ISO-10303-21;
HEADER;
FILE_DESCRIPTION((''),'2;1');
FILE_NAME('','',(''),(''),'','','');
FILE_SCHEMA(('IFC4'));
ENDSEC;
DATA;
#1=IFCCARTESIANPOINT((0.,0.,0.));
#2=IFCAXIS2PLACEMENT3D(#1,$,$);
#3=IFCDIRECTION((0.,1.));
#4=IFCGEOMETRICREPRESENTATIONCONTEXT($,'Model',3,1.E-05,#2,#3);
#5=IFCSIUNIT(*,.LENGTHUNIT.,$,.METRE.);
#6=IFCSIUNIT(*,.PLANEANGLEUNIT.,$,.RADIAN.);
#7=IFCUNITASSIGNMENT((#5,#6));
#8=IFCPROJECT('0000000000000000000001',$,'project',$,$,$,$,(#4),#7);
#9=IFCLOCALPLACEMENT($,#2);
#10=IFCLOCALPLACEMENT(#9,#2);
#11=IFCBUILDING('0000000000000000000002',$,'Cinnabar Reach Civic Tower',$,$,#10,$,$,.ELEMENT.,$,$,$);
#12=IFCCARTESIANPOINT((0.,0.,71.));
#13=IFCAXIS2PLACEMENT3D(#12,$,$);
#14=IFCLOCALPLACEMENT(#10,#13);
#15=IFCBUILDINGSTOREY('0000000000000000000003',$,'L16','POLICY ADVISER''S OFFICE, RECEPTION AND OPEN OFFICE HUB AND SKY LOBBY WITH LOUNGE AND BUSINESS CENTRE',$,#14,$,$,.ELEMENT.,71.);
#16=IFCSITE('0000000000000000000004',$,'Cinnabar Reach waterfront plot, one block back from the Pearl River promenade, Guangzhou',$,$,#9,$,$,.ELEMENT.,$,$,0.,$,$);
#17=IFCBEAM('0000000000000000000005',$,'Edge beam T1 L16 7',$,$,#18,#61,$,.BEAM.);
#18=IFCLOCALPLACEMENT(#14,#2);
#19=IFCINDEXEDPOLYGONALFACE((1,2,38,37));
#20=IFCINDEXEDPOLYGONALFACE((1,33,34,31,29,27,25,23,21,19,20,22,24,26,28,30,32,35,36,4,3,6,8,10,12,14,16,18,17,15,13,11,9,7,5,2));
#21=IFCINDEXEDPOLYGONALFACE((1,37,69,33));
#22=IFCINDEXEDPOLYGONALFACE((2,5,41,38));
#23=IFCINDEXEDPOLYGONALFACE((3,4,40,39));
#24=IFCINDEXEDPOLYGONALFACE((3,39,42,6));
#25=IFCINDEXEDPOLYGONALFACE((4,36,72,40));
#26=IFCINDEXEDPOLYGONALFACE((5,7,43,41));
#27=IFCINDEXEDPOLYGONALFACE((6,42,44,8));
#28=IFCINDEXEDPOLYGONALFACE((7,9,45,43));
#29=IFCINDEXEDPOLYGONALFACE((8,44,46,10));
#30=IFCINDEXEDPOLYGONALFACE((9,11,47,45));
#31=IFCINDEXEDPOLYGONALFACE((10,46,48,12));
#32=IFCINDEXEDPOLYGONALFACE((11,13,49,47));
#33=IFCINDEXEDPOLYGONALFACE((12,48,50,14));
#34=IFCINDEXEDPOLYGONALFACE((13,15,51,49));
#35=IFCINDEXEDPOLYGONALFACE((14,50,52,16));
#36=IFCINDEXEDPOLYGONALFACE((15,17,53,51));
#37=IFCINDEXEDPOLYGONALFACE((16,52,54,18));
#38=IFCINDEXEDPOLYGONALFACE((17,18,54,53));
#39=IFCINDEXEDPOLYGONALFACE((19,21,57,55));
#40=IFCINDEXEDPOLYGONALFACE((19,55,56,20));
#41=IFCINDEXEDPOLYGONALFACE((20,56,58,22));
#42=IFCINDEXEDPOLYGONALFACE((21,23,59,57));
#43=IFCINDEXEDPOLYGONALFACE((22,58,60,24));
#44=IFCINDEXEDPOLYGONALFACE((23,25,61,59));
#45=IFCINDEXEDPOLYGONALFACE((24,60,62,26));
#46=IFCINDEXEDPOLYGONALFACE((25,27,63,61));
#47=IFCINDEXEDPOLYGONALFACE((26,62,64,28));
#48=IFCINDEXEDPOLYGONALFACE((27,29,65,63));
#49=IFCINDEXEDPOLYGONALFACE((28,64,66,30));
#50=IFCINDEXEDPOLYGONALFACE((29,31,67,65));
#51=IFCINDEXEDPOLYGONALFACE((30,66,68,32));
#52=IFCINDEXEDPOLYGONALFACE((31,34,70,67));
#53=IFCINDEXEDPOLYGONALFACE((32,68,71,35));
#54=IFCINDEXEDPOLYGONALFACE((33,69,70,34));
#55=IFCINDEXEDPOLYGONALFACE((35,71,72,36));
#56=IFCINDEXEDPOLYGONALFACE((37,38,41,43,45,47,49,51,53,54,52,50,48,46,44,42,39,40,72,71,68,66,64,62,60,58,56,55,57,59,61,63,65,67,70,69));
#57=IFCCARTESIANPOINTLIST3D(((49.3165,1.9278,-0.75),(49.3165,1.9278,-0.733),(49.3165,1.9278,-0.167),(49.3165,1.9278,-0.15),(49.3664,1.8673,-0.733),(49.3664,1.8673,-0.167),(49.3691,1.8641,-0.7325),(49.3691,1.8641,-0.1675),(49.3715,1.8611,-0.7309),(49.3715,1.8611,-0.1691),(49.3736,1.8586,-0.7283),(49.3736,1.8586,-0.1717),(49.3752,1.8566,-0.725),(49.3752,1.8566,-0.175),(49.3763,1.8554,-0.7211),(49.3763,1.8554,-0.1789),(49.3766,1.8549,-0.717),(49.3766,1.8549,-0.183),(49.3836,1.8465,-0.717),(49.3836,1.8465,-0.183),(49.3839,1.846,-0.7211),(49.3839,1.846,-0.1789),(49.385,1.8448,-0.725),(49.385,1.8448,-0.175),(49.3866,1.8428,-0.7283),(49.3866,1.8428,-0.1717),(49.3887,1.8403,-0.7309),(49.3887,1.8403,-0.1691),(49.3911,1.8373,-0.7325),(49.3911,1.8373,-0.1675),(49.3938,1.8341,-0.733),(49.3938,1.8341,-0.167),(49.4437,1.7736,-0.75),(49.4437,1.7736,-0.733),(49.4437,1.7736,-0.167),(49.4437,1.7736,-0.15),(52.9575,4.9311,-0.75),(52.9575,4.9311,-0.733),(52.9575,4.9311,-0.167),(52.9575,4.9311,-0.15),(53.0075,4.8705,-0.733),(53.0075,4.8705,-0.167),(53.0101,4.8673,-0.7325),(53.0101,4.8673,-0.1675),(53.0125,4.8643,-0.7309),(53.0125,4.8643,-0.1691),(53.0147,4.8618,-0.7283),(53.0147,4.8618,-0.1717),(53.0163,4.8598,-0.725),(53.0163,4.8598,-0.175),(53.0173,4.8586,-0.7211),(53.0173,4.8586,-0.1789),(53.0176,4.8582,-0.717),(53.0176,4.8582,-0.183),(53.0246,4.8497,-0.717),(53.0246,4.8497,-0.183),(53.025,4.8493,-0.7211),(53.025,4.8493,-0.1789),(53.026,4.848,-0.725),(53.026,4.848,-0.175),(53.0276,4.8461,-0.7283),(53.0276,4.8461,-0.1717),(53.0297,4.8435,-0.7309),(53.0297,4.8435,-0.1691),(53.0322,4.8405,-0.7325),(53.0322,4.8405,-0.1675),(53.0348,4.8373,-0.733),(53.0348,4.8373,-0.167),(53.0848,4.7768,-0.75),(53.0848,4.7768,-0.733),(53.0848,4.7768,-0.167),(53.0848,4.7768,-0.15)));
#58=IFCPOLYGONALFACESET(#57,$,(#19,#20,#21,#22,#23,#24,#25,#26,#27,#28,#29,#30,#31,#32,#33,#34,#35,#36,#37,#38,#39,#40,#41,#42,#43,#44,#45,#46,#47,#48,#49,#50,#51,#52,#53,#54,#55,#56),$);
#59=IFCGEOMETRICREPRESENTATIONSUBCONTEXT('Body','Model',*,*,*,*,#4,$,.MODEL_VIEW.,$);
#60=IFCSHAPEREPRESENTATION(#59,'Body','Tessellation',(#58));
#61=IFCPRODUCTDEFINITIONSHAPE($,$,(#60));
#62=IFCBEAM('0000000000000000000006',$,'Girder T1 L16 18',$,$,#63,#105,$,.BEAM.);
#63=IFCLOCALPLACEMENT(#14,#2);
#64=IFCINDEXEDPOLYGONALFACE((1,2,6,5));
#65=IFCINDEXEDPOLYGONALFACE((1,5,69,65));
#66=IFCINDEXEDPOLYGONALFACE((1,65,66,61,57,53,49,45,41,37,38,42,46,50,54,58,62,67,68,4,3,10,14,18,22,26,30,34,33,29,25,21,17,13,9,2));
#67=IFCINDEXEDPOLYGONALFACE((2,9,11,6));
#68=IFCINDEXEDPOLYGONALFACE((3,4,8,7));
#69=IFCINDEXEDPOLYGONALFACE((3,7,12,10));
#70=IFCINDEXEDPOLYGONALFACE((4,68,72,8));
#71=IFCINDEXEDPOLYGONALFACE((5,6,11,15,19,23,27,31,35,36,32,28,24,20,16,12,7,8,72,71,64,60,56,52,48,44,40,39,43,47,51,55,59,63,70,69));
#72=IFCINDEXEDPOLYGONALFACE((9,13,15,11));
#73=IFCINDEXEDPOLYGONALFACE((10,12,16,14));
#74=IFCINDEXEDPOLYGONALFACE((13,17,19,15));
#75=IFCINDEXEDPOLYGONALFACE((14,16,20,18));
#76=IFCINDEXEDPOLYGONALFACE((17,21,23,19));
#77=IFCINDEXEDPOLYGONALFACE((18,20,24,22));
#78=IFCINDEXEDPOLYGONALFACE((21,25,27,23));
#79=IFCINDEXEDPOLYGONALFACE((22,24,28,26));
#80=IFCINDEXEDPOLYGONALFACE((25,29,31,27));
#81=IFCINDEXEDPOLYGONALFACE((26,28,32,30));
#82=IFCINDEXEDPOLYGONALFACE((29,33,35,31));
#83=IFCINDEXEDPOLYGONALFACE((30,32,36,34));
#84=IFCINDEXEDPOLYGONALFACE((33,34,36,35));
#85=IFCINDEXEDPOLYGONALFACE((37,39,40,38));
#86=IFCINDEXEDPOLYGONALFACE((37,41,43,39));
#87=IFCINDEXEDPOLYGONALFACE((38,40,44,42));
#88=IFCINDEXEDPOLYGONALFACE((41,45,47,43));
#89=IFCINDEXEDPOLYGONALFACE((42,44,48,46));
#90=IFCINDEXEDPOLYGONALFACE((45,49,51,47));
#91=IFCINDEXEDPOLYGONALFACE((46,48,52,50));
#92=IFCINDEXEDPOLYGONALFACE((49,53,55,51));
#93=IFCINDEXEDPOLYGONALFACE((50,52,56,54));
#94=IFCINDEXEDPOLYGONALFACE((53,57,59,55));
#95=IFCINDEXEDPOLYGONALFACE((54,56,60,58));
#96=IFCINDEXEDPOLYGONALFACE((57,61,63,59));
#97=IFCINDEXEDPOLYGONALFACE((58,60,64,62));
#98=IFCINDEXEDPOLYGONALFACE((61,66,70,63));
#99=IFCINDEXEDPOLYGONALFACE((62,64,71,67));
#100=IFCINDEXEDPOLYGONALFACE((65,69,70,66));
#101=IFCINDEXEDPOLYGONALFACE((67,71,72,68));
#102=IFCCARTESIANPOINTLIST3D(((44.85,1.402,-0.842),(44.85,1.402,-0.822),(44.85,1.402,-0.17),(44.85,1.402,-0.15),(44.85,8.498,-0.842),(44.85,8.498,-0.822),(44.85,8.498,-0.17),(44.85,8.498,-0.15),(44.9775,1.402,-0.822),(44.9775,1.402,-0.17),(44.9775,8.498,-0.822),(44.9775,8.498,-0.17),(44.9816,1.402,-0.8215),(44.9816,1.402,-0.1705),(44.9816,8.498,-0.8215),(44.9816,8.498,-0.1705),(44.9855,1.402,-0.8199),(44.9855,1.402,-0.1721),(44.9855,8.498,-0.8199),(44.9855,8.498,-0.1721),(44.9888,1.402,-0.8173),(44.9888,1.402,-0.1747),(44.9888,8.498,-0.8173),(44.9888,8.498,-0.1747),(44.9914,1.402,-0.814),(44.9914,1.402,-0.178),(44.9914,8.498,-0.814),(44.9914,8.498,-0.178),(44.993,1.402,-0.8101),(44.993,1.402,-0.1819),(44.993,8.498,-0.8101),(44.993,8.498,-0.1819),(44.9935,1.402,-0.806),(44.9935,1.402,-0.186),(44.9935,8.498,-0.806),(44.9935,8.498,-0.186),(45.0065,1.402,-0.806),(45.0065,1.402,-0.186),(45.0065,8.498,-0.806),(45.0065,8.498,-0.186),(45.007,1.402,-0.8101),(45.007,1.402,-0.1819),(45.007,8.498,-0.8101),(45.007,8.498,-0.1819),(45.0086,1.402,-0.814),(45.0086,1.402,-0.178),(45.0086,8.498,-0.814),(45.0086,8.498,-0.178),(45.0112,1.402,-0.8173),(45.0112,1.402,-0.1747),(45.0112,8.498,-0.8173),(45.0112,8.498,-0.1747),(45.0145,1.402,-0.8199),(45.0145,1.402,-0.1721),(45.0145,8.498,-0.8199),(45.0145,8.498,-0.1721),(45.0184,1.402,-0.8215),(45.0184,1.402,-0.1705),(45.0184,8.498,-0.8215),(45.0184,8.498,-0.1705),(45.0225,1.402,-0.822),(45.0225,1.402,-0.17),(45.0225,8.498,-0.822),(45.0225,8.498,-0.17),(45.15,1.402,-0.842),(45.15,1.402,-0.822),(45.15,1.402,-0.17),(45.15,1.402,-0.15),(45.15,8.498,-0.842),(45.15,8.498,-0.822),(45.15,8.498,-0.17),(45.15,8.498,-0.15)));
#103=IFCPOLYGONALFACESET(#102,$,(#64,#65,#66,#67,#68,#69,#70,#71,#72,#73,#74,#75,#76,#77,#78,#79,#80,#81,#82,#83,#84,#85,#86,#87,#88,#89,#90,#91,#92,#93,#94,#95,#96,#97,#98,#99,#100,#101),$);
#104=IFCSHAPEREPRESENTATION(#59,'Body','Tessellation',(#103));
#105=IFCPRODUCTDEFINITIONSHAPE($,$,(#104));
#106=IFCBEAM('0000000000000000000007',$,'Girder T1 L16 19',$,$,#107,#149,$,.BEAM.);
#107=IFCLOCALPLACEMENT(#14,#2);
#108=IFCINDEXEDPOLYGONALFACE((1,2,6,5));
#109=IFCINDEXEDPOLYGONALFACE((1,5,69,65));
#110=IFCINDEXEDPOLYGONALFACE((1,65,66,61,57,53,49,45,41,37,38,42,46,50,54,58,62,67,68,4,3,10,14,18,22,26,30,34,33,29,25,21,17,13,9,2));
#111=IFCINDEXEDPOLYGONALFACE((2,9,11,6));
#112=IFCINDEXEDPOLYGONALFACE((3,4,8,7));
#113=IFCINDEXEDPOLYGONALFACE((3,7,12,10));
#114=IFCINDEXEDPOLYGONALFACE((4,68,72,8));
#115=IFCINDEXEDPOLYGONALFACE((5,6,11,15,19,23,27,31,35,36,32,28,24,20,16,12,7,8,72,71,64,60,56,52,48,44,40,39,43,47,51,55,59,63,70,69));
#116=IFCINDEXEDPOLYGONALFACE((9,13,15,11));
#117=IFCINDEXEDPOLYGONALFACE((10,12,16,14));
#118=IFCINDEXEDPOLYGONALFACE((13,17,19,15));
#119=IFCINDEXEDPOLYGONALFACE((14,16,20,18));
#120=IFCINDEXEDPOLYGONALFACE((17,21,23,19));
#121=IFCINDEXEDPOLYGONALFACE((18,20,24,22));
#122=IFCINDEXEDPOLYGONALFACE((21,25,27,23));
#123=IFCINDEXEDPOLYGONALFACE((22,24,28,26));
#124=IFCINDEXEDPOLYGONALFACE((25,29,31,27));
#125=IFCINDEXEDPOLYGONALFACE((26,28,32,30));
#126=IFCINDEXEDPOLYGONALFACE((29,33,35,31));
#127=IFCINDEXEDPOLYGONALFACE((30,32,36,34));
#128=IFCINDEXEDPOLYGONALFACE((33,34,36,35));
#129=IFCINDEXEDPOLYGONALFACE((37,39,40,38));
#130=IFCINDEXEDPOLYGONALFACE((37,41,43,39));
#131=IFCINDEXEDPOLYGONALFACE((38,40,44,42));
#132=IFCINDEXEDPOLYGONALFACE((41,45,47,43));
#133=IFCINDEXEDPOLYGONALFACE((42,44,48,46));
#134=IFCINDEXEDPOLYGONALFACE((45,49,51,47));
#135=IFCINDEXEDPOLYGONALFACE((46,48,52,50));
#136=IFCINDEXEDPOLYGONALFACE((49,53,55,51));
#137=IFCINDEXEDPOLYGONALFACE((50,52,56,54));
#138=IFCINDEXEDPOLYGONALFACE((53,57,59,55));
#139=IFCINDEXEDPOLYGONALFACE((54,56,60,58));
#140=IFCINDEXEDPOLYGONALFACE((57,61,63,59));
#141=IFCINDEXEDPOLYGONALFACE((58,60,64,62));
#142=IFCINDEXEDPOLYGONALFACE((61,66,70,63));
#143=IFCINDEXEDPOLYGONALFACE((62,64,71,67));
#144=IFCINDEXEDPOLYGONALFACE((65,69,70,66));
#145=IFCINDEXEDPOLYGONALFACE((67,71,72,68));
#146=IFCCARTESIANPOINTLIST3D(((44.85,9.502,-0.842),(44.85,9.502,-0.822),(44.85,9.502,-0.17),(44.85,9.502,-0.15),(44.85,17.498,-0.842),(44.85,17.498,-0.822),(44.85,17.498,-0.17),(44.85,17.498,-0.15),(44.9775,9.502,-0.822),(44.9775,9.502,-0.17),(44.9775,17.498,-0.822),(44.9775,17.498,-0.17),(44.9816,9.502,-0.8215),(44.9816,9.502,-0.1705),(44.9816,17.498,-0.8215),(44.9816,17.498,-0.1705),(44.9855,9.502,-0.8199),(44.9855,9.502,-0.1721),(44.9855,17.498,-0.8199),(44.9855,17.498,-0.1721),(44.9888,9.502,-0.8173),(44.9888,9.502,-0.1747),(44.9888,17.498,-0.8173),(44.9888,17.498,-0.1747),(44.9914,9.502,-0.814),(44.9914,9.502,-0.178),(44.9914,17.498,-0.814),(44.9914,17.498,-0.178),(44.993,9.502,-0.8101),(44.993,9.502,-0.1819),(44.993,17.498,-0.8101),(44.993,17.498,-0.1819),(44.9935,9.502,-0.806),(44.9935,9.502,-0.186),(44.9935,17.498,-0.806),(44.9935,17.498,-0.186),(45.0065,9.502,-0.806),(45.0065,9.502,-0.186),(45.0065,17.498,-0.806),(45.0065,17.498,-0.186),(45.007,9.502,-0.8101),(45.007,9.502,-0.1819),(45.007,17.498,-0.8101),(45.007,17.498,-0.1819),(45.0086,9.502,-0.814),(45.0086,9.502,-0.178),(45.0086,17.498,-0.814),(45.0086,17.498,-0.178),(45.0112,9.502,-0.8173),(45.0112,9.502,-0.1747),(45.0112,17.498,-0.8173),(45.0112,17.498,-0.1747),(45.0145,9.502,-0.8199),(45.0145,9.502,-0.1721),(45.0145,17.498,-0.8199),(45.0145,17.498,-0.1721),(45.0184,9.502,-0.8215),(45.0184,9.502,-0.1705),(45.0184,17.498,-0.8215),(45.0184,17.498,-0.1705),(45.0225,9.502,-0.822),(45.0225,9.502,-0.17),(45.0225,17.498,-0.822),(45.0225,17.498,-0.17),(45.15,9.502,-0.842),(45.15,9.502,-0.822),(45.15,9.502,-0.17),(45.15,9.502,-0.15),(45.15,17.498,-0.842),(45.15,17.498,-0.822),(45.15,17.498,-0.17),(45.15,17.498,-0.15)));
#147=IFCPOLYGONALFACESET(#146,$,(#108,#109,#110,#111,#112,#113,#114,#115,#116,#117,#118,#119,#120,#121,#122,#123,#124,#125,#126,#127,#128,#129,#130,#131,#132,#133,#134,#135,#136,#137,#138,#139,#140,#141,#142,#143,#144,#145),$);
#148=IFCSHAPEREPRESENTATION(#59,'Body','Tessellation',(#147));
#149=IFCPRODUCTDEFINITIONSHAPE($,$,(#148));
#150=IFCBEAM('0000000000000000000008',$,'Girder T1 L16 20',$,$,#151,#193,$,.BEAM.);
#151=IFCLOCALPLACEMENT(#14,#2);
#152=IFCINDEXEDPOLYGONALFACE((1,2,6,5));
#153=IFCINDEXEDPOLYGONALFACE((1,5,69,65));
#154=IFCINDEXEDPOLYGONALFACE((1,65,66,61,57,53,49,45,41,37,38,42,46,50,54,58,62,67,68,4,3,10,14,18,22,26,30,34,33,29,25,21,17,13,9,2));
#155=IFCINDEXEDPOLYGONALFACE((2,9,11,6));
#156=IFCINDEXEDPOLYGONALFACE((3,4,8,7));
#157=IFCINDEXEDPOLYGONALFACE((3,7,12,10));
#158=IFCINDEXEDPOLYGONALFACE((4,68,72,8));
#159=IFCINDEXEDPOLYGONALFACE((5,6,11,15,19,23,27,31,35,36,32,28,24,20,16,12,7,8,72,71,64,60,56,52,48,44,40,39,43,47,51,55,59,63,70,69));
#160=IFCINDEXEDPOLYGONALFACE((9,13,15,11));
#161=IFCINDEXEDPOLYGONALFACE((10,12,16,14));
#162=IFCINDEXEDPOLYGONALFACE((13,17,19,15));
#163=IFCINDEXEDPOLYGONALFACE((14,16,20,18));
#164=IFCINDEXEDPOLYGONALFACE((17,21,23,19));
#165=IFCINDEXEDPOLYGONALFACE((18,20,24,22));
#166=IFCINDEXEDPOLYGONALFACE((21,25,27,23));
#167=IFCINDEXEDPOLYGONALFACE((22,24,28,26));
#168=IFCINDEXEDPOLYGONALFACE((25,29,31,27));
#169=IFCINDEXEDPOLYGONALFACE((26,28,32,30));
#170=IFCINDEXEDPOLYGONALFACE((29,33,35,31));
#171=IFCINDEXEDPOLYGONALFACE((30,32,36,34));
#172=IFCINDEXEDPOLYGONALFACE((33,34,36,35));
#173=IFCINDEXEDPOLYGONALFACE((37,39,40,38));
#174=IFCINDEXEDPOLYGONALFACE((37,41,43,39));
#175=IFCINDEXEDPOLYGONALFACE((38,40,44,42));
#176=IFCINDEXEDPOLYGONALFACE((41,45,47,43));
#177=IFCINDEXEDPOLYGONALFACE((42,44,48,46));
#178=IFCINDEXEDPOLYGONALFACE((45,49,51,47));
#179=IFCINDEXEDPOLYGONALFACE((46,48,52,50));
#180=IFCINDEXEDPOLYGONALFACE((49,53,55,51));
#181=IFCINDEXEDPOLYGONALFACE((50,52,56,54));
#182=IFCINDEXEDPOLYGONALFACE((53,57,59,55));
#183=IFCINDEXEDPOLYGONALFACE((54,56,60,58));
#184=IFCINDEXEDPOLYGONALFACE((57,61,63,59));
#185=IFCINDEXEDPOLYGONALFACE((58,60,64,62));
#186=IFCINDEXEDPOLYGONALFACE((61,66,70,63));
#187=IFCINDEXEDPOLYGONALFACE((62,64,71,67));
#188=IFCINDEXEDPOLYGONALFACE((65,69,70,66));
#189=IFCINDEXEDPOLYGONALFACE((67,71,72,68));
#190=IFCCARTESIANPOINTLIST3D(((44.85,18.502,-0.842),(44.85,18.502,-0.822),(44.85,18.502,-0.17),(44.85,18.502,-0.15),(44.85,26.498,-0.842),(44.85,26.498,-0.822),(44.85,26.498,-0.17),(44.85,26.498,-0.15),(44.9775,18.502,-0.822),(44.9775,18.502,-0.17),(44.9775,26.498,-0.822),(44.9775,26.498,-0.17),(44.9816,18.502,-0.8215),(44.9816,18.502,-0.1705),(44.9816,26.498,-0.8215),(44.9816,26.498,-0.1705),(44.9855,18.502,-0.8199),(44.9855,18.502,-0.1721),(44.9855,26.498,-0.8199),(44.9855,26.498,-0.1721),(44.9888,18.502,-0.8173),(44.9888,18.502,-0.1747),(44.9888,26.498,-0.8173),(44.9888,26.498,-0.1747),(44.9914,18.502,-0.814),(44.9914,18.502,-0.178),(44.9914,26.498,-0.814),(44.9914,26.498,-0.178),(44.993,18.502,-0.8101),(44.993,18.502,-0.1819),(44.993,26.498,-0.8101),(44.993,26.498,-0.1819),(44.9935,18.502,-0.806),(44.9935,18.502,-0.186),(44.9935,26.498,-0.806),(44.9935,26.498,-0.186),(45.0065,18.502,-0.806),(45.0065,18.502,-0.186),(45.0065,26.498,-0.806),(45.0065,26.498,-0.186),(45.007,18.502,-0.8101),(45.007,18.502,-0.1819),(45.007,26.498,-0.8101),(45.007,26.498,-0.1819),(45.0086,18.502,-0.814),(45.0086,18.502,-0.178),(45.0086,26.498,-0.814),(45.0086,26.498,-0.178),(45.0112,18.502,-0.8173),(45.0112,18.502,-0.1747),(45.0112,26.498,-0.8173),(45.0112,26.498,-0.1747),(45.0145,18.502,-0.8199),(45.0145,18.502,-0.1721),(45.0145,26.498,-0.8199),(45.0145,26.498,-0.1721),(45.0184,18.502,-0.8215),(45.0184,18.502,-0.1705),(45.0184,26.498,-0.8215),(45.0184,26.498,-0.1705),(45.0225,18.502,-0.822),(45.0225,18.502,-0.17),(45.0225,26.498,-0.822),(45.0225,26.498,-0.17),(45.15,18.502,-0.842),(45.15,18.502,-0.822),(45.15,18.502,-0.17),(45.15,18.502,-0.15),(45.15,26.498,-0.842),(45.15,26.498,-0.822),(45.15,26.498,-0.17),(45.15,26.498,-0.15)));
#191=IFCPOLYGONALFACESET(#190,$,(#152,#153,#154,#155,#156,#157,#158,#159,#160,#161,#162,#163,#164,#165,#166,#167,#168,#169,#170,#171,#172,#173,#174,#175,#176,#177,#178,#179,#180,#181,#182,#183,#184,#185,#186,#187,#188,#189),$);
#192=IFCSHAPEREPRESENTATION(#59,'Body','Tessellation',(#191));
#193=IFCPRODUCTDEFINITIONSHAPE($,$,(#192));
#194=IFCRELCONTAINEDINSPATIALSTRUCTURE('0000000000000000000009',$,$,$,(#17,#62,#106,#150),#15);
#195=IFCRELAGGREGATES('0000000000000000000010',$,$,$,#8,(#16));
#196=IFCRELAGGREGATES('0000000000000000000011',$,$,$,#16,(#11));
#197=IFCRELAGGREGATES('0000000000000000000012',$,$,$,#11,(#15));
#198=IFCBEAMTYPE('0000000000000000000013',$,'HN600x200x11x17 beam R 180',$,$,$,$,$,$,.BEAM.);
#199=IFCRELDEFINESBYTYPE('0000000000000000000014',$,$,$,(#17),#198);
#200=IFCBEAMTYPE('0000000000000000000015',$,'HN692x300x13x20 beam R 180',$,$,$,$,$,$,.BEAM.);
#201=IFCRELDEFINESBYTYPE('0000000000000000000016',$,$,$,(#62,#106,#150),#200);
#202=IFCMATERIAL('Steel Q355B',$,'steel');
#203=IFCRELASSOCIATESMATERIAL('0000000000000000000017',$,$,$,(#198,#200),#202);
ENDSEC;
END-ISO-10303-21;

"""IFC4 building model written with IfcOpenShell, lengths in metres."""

from ifc_helpers import new_model, si_unit, direction, frame, origin, origin_2d, place, context, subcontext, project, spatial, i_section, extrude, material, material_profile, profile_set, type_object, element, save


model = new_model("IFC4")

# Units and contexts
model_context = context("Model", 3, precision=1e-05, world=origin(), true_north=direction((0.0, 1.0)))
body_context = subcontext(model_context, "Body", "Model", "MODEL_VIEW")
ifc_project = project(units=[si_unit("LENGTHUNIT", "METRE"), si_unit("PLANEANGLEUNIT", "RADIAN")], contexts=[model_context])

# Site, building, storey
site_placement = place(None, origin())
site = spatial("IfcSite", under=ifc_project, at=site_placement, Name="Cinnabar Reach waterfront plot, one block back from the Pearl River promenade, Guangzhou", CompositionType="ELEMENT", RefElevation=0.0)
building_placement = place(site_placement, origin())
building = spatial("IfcBuilding", under=site, at=building_placement, Name="Cinnabar Reach Civic Tower", CompositionType="ELEMENT")
storey_placement = place(building_placement, frame((0.0, 0.0, 71.0)))
storey = spatial("IfcBuildingStorey", under=building, at=storey_placement, Name="L16", Description="POLICY ADVISER'S OFFICE, RECEPTION AND OPEN OFFICE HUB AND SKY LOBBY WITH LOUNGE AND BUSINESS CENTRE", CompositionType="ELEMENT", Elevation=71.0)

# Beams
ifc_material_1 = material(Name="Steel Q355B", Category="steel")
ifc_material_profile_1 = material_profile(ifc_material_1, i_section(OverallWidth=0.2, OverallDepth=0.6, WebThickness=0.011, FlangeThickness=0.017, FilletRadius=0.016, at=origin_2d()), Name="HN600x200x11x17")
ifc_profile_set_1 = profile_set([ifc_material_profile_1], Name="Steel Q355B")
beam_type_1 = type_object("IfcBeamType", Name="HN600x200x11x17 beam R 180", PredefinedType="BEAM", material=ifc_profile_set_1)
beam_1_placement = place(storey_placement, frame((49.3801, 1.8507, -0.45), z_axis=(0.771438, 0.636304, 0.0), x_axis=(-0.636304, 0.771438, 0.0)))
element("IfcBeam", 1, at=beam_1_placement, inside=storey, type_object=beam_type_1, Name="Edge beam T1 L16 7", PredefinedType="BEAM", context=body_context, shape_type="SweptSolid", body=[
    extrude(i_section(OverallWidth=0.2, OverallDepth=0.6, WebThickness=0.011, FlangeThickness=0.017, FilletRadius=0.016, at=origin_2d()), origin(), (0.0, 0.0, 1.0), 4.7198),
])
ifc_material_profile_2 = material_profile(ifc_material_1, i_section(OverallWidth=0.3, OverallDepth=0.692, WebThickness=0.013, FlangeThickness=0.02, FilletRadius=0.016, at=origin_2d()), Name="HN692x300x13x20")
ifc_profile_set_2 = profile_set([ifc_material_profile_2], Name="Steel Q355B")
beam_type_2 = type_object("IfcBeamType", Name="HN692x300x13x20 beam R 180", PredefinedType="BEAM", material=ifc_profile_set_2)
beam_2_placement = place(storey_placement, frame((45.0, 1.402, -0.496), z_axis=(0.0, 1.0, 0.0), x_axis=(-1.0, 0.0, 0.0)))
element("IfcBeam", 2, at=beam_2_placement, inside=storey, type_object=beam_type_2, Name="Girder T1 L16 18", PredefinedType="BEAM", context=body_context, shape_type="SweptSolid", body=[
    extrude(i_section(OverallWidth=0.3, OverallDepth=0.692, WebThickness=0.013, FlangeThickness=0.02, FilletRadius=0.016, at=origin_2d()), origin(), (0.0, 0.0, 1.0), 7.096),
])
for number, where, z_axis, x_axis, name in (
    (3, (45.0, 9.502, -0.496), (0.0, 1.0, 0.0), (-1.0, 0.0, 0.0), "Girder T1 L16 19"),
    (4, (45.0, 18.502, -0.496), (0.0, 1.0, 0.0), (-1.0, 0.0, 0.0), "Girder T1 L16 20"),
):
    element("IfcBeam", number, at=place(storey_placement, frame(where, z_axis=z_axis, x_axis=x_axis)), inside=storey, type_object=beam_type_2, Name=name, PredefinedType="BEAM", context=body_context, shape_type="SweptSolid", body=[
        extrude(i_section(OverallWidth=0.3, OverallDepth=0.692, WebThickness=0.013, FlangeThickness=0.02, FilletRadius=0.016, at=origin_2d()), origin(), (0.0, 0.0, 1.0), 7.996),
    ])

save(model, "model.ifc")
